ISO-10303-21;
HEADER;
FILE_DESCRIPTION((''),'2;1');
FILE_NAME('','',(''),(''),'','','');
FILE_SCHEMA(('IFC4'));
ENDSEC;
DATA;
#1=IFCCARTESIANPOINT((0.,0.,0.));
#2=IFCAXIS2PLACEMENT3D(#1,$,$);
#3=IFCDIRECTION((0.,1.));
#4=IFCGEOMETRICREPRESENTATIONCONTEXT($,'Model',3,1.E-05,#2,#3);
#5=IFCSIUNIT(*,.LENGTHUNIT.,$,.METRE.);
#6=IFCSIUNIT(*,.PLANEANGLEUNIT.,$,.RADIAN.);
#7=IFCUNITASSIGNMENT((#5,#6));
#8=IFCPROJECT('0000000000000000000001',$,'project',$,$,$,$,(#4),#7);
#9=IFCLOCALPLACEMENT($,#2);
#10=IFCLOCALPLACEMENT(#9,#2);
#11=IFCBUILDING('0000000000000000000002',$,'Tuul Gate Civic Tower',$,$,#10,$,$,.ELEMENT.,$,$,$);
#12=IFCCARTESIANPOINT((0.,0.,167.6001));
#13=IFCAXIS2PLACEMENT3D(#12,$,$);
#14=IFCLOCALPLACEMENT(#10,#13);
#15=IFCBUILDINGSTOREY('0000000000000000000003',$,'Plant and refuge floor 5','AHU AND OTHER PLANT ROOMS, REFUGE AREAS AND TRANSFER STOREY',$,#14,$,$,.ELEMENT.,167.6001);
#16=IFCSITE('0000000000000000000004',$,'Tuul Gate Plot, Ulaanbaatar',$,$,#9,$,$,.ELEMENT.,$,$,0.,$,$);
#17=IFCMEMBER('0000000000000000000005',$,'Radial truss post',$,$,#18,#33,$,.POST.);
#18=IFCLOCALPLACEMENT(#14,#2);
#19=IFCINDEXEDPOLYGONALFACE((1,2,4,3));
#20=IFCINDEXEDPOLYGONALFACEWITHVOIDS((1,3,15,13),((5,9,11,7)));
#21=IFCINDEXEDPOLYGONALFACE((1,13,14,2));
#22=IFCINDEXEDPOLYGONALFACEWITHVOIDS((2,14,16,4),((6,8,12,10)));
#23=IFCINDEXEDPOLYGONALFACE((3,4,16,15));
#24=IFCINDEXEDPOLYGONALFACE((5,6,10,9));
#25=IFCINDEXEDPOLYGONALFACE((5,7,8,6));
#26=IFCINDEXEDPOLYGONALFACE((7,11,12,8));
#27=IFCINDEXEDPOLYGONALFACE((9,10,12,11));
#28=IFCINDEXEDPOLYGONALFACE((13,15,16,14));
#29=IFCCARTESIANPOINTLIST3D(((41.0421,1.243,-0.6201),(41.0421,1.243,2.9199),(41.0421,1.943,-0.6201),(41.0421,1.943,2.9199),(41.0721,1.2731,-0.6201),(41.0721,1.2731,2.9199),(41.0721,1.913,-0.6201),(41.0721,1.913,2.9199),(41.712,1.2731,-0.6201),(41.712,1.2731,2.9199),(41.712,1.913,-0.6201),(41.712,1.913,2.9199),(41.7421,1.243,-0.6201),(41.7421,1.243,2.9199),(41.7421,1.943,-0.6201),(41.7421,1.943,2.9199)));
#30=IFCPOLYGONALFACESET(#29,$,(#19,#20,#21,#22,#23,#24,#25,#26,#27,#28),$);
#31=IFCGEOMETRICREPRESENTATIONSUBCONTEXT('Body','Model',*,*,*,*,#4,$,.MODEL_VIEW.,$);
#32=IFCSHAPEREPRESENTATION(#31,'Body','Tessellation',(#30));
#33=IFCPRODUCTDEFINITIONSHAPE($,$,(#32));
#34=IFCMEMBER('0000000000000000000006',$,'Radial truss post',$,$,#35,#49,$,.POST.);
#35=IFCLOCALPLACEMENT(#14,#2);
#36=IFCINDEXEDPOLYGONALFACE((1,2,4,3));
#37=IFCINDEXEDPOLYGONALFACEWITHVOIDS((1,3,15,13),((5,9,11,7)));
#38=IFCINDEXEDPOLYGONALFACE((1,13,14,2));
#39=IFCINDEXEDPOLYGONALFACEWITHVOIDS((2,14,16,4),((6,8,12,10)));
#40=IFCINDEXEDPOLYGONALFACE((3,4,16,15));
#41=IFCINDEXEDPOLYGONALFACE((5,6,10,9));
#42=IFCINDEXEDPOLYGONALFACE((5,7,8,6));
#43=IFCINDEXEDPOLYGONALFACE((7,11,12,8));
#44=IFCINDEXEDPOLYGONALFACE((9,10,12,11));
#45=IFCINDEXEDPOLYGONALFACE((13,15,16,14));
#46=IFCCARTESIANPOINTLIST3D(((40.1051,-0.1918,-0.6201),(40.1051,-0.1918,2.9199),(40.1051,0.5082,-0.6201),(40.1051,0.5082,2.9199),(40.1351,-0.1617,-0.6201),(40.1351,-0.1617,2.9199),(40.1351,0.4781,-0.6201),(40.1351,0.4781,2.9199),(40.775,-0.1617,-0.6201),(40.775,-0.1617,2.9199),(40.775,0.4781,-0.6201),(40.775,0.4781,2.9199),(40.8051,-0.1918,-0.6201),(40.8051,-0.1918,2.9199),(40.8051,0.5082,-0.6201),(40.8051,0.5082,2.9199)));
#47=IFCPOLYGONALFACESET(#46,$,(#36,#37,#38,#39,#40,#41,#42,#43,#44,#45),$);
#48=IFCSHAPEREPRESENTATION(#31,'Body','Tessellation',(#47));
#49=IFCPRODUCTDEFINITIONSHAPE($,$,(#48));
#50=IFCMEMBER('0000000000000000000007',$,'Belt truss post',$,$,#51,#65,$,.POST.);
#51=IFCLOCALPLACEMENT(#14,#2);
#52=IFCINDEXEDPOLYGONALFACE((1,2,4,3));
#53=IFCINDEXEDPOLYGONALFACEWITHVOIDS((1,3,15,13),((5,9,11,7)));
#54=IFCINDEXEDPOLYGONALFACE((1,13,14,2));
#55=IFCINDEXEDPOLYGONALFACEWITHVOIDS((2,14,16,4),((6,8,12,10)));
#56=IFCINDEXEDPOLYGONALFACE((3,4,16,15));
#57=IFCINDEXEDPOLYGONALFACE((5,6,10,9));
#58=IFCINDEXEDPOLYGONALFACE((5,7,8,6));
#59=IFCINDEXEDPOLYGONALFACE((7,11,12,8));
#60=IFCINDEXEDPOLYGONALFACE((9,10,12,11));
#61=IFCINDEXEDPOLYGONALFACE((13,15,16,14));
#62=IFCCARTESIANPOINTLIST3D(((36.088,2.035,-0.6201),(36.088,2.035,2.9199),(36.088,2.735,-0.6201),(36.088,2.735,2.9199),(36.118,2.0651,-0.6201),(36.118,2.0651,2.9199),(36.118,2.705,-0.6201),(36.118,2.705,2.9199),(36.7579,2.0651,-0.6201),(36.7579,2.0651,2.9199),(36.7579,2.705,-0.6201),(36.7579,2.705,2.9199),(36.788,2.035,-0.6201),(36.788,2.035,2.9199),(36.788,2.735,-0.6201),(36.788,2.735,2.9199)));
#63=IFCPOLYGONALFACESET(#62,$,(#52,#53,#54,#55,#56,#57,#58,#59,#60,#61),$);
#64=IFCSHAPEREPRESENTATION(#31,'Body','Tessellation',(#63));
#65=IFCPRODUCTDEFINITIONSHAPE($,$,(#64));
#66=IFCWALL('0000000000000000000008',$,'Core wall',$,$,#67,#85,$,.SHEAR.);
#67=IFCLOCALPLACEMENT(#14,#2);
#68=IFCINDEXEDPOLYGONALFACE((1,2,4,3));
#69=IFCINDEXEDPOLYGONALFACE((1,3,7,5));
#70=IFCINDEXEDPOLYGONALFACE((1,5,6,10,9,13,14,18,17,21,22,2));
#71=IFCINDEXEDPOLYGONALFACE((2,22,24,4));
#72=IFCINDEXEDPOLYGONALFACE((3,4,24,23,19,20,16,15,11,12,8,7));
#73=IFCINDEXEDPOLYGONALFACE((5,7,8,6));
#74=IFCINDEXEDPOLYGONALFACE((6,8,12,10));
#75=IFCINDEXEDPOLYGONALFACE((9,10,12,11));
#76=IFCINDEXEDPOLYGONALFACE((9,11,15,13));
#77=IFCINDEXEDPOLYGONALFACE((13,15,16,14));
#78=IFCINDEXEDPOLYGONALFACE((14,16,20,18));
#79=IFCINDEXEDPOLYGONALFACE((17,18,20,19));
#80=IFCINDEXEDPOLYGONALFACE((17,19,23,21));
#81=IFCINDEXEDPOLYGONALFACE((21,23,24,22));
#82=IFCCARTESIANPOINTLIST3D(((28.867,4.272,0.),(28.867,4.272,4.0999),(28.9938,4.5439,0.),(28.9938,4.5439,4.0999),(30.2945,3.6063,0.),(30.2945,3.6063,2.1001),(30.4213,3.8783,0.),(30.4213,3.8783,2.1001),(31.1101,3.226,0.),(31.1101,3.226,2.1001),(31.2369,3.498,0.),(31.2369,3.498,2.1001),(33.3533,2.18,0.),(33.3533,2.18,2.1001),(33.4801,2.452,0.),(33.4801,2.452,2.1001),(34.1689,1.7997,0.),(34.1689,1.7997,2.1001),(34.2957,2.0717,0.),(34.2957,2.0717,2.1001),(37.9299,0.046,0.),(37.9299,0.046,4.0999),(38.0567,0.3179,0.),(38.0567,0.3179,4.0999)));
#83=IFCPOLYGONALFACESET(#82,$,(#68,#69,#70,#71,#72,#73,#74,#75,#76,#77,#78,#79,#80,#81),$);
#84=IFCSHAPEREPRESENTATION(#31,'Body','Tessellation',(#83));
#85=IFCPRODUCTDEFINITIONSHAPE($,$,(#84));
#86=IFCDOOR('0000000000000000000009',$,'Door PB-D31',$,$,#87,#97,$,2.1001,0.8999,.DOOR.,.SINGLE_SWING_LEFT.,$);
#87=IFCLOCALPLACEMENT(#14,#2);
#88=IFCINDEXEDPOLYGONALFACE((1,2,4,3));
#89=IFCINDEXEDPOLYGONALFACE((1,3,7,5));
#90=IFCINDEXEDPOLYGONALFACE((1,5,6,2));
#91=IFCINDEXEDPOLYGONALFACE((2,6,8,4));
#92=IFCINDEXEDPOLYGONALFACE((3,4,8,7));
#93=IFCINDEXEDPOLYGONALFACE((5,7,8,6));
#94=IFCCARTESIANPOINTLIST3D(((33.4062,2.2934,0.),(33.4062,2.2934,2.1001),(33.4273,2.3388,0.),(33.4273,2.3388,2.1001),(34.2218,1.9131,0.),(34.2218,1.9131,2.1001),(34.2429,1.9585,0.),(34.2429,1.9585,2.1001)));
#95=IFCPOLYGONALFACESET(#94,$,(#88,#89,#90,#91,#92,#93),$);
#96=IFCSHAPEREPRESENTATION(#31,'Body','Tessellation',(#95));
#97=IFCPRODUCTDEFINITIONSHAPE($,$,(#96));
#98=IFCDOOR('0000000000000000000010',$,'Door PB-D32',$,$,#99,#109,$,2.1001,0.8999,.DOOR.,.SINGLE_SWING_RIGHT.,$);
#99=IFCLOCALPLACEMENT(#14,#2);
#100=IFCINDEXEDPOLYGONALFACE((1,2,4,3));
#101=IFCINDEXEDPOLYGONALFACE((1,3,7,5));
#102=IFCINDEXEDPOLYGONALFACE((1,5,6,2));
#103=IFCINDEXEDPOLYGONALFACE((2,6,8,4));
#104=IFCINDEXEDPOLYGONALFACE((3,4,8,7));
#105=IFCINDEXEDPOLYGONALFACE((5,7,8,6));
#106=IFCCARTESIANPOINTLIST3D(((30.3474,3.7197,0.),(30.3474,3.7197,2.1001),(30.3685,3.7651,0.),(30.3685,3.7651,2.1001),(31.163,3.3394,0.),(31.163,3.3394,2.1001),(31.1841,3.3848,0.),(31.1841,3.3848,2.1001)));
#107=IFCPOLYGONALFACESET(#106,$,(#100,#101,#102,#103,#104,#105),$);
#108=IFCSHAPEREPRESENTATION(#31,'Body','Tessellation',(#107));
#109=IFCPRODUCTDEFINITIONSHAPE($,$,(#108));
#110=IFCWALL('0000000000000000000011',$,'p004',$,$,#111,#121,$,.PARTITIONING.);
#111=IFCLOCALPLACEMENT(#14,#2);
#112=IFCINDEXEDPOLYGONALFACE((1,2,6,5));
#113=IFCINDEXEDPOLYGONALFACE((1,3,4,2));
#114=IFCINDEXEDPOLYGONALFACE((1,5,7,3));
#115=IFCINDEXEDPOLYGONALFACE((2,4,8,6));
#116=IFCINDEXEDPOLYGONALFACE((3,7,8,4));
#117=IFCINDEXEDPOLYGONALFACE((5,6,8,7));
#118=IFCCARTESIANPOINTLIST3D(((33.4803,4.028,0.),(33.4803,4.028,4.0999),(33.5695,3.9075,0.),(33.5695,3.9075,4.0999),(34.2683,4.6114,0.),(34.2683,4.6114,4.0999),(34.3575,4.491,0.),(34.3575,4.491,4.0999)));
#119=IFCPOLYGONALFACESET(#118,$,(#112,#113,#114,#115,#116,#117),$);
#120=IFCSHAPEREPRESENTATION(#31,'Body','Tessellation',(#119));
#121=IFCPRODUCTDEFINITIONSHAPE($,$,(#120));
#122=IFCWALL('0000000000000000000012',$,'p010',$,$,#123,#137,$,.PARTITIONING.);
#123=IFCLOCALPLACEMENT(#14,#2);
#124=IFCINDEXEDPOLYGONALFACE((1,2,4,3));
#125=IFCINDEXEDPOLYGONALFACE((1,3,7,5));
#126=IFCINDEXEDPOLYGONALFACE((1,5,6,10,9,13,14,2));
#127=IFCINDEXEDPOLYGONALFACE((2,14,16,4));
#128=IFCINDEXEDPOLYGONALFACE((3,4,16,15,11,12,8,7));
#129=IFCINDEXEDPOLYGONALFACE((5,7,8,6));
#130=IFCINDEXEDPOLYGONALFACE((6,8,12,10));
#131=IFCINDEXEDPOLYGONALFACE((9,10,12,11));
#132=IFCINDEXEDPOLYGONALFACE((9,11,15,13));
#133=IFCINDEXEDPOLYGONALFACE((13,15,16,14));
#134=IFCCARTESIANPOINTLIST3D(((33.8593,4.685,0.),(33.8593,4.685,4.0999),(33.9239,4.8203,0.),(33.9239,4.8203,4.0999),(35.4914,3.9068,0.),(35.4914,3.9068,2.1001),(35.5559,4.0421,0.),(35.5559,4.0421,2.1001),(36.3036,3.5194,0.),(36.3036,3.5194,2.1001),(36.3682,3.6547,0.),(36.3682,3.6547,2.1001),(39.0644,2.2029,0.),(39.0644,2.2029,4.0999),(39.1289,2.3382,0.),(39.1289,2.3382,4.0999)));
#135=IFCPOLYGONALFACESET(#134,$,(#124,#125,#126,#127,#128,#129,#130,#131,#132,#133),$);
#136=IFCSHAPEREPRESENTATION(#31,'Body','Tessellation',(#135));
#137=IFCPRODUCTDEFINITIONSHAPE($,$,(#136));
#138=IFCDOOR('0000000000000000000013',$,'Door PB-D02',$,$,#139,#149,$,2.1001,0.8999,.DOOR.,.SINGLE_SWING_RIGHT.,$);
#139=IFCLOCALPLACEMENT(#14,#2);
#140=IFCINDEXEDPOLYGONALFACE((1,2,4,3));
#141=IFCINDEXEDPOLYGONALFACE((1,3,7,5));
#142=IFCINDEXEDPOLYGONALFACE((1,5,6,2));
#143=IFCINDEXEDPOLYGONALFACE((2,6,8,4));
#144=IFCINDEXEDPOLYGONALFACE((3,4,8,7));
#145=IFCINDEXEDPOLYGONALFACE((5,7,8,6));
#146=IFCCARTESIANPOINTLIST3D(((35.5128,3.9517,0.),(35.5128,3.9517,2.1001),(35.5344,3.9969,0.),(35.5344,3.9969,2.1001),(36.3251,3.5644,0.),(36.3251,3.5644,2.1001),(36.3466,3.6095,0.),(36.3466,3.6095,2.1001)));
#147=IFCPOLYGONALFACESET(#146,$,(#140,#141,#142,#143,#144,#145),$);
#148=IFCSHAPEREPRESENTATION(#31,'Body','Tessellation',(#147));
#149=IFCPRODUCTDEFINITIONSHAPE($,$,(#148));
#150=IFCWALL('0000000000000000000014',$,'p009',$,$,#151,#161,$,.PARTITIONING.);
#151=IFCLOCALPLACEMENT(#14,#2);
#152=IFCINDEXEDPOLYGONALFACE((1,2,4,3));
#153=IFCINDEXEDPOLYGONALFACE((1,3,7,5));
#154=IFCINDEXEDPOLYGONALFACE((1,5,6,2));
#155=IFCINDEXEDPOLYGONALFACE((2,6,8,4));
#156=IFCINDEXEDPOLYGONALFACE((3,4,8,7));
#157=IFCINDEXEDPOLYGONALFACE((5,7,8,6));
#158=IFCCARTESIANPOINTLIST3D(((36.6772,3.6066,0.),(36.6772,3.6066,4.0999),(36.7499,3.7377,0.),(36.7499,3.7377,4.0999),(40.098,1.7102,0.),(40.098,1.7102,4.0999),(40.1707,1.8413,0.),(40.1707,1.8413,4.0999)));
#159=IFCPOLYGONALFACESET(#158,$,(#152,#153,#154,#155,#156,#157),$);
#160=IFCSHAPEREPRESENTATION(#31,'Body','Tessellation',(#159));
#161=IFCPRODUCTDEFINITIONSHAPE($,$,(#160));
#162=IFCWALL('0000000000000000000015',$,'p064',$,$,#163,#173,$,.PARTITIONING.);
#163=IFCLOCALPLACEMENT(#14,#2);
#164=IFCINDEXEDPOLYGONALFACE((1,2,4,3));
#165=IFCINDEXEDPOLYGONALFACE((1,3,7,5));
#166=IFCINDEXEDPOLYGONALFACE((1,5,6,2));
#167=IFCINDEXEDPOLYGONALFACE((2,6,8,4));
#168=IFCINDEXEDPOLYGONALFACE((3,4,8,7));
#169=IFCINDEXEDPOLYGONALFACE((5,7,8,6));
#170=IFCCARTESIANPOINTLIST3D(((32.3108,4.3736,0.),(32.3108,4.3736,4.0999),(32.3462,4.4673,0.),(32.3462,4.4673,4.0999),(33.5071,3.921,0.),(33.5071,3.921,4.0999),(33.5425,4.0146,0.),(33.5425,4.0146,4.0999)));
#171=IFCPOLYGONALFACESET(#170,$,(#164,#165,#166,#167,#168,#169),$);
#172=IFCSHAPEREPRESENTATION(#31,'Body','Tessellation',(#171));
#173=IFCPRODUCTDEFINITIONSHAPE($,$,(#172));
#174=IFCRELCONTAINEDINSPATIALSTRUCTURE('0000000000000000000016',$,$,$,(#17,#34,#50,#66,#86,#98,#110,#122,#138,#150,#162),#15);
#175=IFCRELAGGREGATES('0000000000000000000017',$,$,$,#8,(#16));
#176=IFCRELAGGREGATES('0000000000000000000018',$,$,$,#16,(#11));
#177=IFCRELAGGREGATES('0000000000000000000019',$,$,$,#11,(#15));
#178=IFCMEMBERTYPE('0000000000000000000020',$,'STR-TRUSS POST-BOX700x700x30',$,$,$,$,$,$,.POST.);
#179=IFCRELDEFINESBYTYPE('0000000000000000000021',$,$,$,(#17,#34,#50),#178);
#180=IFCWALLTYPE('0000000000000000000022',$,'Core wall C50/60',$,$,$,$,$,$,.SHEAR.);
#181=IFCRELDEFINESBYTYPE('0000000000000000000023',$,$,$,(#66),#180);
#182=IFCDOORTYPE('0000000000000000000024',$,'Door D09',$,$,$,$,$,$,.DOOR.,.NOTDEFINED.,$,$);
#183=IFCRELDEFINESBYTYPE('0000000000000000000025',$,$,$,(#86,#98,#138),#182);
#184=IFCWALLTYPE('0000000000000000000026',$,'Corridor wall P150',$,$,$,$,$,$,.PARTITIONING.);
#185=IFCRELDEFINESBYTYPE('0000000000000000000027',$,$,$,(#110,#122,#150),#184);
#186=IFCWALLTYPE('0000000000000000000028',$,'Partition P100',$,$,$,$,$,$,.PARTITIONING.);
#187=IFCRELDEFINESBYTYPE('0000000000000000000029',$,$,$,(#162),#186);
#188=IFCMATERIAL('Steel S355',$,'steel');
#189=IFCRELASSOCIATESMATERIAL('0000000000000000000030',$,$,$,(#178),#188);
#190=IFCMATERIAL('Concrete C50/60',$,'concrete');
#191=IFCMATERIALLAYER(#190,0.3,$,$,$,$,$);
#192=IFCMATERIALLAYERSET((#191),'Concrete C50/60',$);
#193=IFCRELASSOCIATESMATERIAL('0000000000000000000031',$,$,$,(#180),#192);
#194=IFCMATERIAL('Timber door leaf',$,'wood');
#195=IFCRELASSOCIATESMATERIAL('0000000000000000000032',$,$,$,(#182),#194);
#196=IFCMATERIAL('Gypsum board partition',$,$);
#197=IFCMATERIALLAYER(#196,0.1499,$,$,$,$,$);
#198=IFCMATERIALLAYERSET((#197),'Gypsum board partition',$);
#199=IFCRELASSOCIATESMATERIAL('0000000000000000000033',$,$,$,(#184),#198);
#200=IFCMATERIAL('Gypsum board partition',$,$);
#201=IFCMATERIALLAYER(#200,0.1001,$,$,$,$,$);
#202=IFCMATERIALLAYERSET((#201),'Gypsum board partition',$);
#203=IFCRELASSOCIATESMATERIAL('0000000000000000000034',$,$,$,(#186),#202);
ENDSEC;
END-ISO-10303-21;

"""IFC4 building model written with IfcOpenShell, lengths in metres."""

from ifc_helpers import new_model, si_unit, direction, frame, frame_2d, origin, origin_2d, place, context, subcontext, project, spatial, rectangle, hollow_rectangle, extrude, material, layer, layer_set, material_profile, profile_set, type_object, element, fill, save


model = new_model("IFC4")

# Units and contexts
model_context = context("Model", 3, precision=1e-05, world=origin(), true_north=direction((0.0, 1.0)))
body_context = subcontext(model_context, "Body", "Model", "MODEL_VIEW")
ifc_project = project(units=[si_unit("LENGTHUNIT", "METRE"), si_unit("PLANEANGLEUNIT", "RADIAN")], contexts=[model_context])

# Site, building, storey
site_placement = place(None, origin())
site = spatial("IfcSite", under=ifc_project, at=site_placement, Name="Tuul Gate Plot, Ulaanbaatar", CompositionType="ELEMENT", RefElevation=0.0)
building_placement = place(site_placement, origin())
building = spatial("IfcBuilding", under=site, at=building_placement, Name="Tuul Gate Civic Tower", CompositionType="ELEMENT")
storey_placement = place(building_placement, frame((0.0, 0.0, 167.6001)))
storey = spatial("IfcBuildingStorey", under=building, at=storey_placement, Name="Plant and refuge floor 5", Description="AHU AND OTHER PLANT ROOMS, REFUGE AREAS AND TRANSFER STOREY", CompositionType="ELEMENT", Elevation=167.6001)

# Members
ifc_material_1 = material(Name="Steel S355", Category="steel")
ifc_material_profile_1 = material_profile(ifc_material_1, hollow_rectangle(XDim=0.7, YDim=0.7, WallThickness=0.03, at=origin_2d()), Name="BOX700x700x30")
ifc_profile_set_1 = profile_set([ifc_material_profile_1], Name="Steel S355")
member_type_1 = type_object("IfcMemberType", Name="STR-TRUSS POST-BOX700x700x30", PredefinedType="POST", material=ifc_profile_set_1)
for number, where, z_axis, x_axis, name in (
    (1, (41.3921, 1.593, -0.6201), (0.0, 0.0, 1.0), (1.0, 0.0, 0.0), "Radial truss post"),
    (2, (40.4551, 0.1582, -0.6201), (0.0, 0.0, 1.0), (1.0, 0.0, 0.0), "Radial truss post"),
    (3, (36.438, 2.385, -0.6201), (0.0, 0.0, 1.0), (1.0, 0.0, 0.0), "Belt truss post"),
):
    element("IfcMember", number, at=place(storey_placement, frame(where, z_axis=z_axis, x_axis=x_axis)), inside=storey, type_object=member_type_1, Name=name, PredefinedType="POST", context=body_context, shape_type="SweptSolid", body=[
        extrude(hollow_rectangle(XDim=0.7, YDim=0.7, WallThickness=0.03, at=origin_2d()), origin(), (0.0, 0.0, 1.0), 3.54),
    ])

# Wall, openings, doors
ifc_material_2 = material(Name="Concrete C50/60", Category="concrete")
ifc_layer_1 = layer(ifc_material_2, 0.3)
ifc_layer_set_1 = layer_set([ifc_layer_1], Name="Concrete C50/60")
wall_type_1 = type_object("IfcWallType", Name="Core wall C50/60", PredefinedType="SHEAR", material=ifc_layer_set_1)
wall_1_placement = place(storey_placement, frame((37.9934, 0.1819, 0.0), z_axis=(0.0, 0.0, 1.0), x_axis=(-0.90631, 0.422613, 0.0)))
wall_1 = element("IfcWall", 4, at=wall_1_placement, inside=storey, type_object=wall_type_1, Name="Core wall", PredefinedType="SHEAR", context=body_context, shape_type="SweptSolid", body=[
    extrude(rectangle(XDim=9.9998, YDim=0.3, at=frame_2d((5.0, 0.0))), origin(), (0.0, 0.0, 1.0), 4.0999),
])
opening_1_placement = place(wall_1_placement, frame((4.1499, 0.0, 0.0)))
opening_1 = element("IfcOpeningElement", 5, at=opening_1_placement, cuts=wall_1, PredefinedType="OPENING", context=body_context, shape_type="SweptSolid", body=[
    extrude(rectangle(XDim=0.8999, YDim=2.1001, at=frame_2d((0.45, 1.05))), frame((0.0, 0.1602, 0.0), z_axis=(0.0, -1.0, 0.0), x_axis=(1.0, 0.0, 0.0)), (0.0, 0.0, 1.0), 0.3201),
])
opening_2_placement = place(wall_1_placement, frame((7.5249, 0.0, 0.0)))
opening_2 = element("IfcOpeningElement", 6, at=opening_2_placement, cuts=wall_1, PredefinedType="OPENING", context=body_context, shape_type="SweptSolid", body=[
    extrude(rectangle(XDim=0.8999, YDim=2.1001, at=frame_2d((0.45, 1.05))), frame((0.0, 0.1602, 0.0), z_axis=(0.0, -1.0, 0.0), x_axis=(1.0, 0.0, 0.0)), (0.0, 0.0, 1.0), 0.3201),
])
ifc_material_3 = material(Name="Timber door leaf", Category="wood")
door_type = type_object("IfcDoorType", Name="Door D09", OperationType="NOTDEFINED", PredefinedType="DOOR", material=ifc_material_3)
door_1_placement = place(opening_1_placement, origin())
door_1 = element("IfcDoor", 7, at=door_1_placement, inside=storey, type_object=door_type, Name="Door PB-D31", OperationType="SINGLE_SWING_LEFT", OverallHeight=2.1001, OverallWidth=0.8999, PredefinedType="DOOR", context=body_context, shape_type="SweptSolid", body=[
    extrude(rectangle(XDim=0.8999, YDim=2.1001, at=frame_2d((0.45, 1.05))), frame((0.0, 0.0249, 0.0), z_axis=(0.0, -1.0, 0.0), x_axis=(1.0, 0.0, 0.0)), (0.0, 0.0, 1.0), 0.05),
])
fill(opening_1, door_1)
door_2_placement = place(opening_2_placement, origin())
door_2 = element("IfcDoor", 8, at=door_2_placement, inside=storey, type_object=door_type, Name="Door PB-D32", OperationType="SINGLE_SWING_RIGHT", OverallHeight=2.1001, OverallWidth=0.8999, PredefinedType="DOOR", context=body_context, shape_type="SweptSolid", body=[
    extrude(rectangle(XDim=0.8999, YDim=2.1001, at=frame_2d((0.45, 1.05))), frame((0.0, 0.0249, 0.0), z_axis=(0.0, -1.0, 0.0), x_axis=(1.0, 0.0, 0.0)), (0.0, 0.0, 1.0), 0.05),
])
fill(opening_2, door_2)

# Wall
ifc_material_4 = material(Name="Gypsum board partition")
ifc_layer_2 = layer(ifc_material_4, 0.1499)
ifc_layer_set_2 = layer_set([ifc_layer_2], Name="Gypsum board partition")
wall_type_2 = type_object("IfcWallType", Name="Corridor wall P150", PredefinedType="PARTITIONING", material=ifc_layer_set_2)
wall_2_placement = place(storey_placement, frame((33.5249, 3.9678, 0.0), z_axis=(0.0, 0.0, 1.0), x_axis=(0.803689, 0.595049, 0.0)))
element("IfcWall", 9, at=wall_2_placement, inside=storey, type_object=wall_type_2, Name="p004", PredefinedType="PARTITIONING", context=body_context, shape_type="SweptSolid", body=[
    extrude(rectangle(XDim=0.9805, YDim=0.1499, at=frame_2d((0.4902, 0.0))), origin(), (0.0, 0.0, 1.0), 4.0999),
])

# Wall, opening, door
wall_3_placement = place(storey_placement, frame((33.8916, 4.7527, 0.0), z_axis=(0.0, 0.0, 1.0), x_axis=(0.90262, -0.430438, 0.0)))
wall_3 = element("IfcWall", 10, at=wall_3_placement, inside=storey, type_object=wall_type_2, Name="p010", PredefinedType="PARTITIONING", context=body_context, shape_type="SweptSolid", body=[
    extrude(rectangle(XDim=5.7666, YDim=0.1499, at=frame_2d((2.8833, 0.0))), origin(), (0.0, 0.0, 1.0), 4.0999),
])
opening_3_placement = place(wall_3_placement, frame((1.8081, 0.0, 0.0)))
opening_3 = element("IfcOpeningElement", 11, at=opening_3_placement, cuts=wall_3, PredefinedType="OPENING", context=body_context, shape_type="SweptSolid", body=[
    extrude(rectangle(XDim=0.8999, YDim=2.1001, at=frame_2d((0.45, 1.05))), frame((0.0, 0.085, 0.0), z_axis=(0.0, -1.0, 0.0), x_axis=(1.0, 0.0, 0.0)), (0.0, 0.0, 1.0), 0.1699),
])
door_3_placement = place(opening_3_placement, origin())
door_3 = element("IfcDoor", 12, at=door_3_placement, inside=storey, type_object=door_type, Name="Door PB-D02", OperationType="SINGLE_SWING_RIGHT", OverallHeight=2.1001, OverallWidth=0.8999, PredefinedType="DOOR", context=body_context, shape_type="SweptSolid", body=[
    extrude(rectangle(XDim=0.8999, YDim=2.1001, at=frame_2d((0.45, 1.05))), frame((0.0, 0.0249, 0.0), z_axis=(0.0, -1.0, 0.0), x_axis=(1.0, 0.0, 0.0)), (0.0, 0.0, 1.0), 0.05),
])
fill(opening_3, door_3)

# Walls
wall_4_placement = place(storey_placement, frame((36.7136, 3.6721, 0.0), z_axis=(0.0, 0.0, 1.0), x_axis=(0.874593, -0.484858, 0.0)))
element("IfcWall", 13, at=wall_4_placement, inside=storey, type_object=wall_type_2, Name="p009", PredefinedType="PARTITIONING", context=body_context, shape_type="SweptSolid", body=[
    extrude(rectangle(XDim=3.9114, YDim=0.1499, at=frame_2d((1.9556, 0.0))), origin(), (0.0, 0.0, 1.0), 4.0999),
])
ifc_material_5 = material(Name="Gypsum board partition")
ifc_layer_3 = layer(ifc_material_5, 0.1001)
ifc_layer_set_3 = layer_set([ifc_layer_3], Name="Gypsum board partition")
wall_type_3 = type_object("IfcWallType", Name="Partition P100", PredefinedType="PARTITIONING", material=ifc_layer_set_3)
wall_5_placement = place(storey_placement, frame((33.5249, 3.9678, 0.0), z_axis=(0.0, 0.0, 1.0), x_axis=(-0.93529, 0.353883, 0.0)))
element("IfcWall", 14, at=wall_5_placement, inside=storey, type_object=wall_type_3, Name="p064", PredefinedType="PARTITIONING", context=body_context, shape_type="SweptSolid", body=[
    extrude(rectangle(XDim=1.2791, YDim=0.1001, at=frame_2d((0.6396, 0.0))), origin(), (0.0, 0.0, 1.0), 4.0999),
])

save(model, "model.ifc")
